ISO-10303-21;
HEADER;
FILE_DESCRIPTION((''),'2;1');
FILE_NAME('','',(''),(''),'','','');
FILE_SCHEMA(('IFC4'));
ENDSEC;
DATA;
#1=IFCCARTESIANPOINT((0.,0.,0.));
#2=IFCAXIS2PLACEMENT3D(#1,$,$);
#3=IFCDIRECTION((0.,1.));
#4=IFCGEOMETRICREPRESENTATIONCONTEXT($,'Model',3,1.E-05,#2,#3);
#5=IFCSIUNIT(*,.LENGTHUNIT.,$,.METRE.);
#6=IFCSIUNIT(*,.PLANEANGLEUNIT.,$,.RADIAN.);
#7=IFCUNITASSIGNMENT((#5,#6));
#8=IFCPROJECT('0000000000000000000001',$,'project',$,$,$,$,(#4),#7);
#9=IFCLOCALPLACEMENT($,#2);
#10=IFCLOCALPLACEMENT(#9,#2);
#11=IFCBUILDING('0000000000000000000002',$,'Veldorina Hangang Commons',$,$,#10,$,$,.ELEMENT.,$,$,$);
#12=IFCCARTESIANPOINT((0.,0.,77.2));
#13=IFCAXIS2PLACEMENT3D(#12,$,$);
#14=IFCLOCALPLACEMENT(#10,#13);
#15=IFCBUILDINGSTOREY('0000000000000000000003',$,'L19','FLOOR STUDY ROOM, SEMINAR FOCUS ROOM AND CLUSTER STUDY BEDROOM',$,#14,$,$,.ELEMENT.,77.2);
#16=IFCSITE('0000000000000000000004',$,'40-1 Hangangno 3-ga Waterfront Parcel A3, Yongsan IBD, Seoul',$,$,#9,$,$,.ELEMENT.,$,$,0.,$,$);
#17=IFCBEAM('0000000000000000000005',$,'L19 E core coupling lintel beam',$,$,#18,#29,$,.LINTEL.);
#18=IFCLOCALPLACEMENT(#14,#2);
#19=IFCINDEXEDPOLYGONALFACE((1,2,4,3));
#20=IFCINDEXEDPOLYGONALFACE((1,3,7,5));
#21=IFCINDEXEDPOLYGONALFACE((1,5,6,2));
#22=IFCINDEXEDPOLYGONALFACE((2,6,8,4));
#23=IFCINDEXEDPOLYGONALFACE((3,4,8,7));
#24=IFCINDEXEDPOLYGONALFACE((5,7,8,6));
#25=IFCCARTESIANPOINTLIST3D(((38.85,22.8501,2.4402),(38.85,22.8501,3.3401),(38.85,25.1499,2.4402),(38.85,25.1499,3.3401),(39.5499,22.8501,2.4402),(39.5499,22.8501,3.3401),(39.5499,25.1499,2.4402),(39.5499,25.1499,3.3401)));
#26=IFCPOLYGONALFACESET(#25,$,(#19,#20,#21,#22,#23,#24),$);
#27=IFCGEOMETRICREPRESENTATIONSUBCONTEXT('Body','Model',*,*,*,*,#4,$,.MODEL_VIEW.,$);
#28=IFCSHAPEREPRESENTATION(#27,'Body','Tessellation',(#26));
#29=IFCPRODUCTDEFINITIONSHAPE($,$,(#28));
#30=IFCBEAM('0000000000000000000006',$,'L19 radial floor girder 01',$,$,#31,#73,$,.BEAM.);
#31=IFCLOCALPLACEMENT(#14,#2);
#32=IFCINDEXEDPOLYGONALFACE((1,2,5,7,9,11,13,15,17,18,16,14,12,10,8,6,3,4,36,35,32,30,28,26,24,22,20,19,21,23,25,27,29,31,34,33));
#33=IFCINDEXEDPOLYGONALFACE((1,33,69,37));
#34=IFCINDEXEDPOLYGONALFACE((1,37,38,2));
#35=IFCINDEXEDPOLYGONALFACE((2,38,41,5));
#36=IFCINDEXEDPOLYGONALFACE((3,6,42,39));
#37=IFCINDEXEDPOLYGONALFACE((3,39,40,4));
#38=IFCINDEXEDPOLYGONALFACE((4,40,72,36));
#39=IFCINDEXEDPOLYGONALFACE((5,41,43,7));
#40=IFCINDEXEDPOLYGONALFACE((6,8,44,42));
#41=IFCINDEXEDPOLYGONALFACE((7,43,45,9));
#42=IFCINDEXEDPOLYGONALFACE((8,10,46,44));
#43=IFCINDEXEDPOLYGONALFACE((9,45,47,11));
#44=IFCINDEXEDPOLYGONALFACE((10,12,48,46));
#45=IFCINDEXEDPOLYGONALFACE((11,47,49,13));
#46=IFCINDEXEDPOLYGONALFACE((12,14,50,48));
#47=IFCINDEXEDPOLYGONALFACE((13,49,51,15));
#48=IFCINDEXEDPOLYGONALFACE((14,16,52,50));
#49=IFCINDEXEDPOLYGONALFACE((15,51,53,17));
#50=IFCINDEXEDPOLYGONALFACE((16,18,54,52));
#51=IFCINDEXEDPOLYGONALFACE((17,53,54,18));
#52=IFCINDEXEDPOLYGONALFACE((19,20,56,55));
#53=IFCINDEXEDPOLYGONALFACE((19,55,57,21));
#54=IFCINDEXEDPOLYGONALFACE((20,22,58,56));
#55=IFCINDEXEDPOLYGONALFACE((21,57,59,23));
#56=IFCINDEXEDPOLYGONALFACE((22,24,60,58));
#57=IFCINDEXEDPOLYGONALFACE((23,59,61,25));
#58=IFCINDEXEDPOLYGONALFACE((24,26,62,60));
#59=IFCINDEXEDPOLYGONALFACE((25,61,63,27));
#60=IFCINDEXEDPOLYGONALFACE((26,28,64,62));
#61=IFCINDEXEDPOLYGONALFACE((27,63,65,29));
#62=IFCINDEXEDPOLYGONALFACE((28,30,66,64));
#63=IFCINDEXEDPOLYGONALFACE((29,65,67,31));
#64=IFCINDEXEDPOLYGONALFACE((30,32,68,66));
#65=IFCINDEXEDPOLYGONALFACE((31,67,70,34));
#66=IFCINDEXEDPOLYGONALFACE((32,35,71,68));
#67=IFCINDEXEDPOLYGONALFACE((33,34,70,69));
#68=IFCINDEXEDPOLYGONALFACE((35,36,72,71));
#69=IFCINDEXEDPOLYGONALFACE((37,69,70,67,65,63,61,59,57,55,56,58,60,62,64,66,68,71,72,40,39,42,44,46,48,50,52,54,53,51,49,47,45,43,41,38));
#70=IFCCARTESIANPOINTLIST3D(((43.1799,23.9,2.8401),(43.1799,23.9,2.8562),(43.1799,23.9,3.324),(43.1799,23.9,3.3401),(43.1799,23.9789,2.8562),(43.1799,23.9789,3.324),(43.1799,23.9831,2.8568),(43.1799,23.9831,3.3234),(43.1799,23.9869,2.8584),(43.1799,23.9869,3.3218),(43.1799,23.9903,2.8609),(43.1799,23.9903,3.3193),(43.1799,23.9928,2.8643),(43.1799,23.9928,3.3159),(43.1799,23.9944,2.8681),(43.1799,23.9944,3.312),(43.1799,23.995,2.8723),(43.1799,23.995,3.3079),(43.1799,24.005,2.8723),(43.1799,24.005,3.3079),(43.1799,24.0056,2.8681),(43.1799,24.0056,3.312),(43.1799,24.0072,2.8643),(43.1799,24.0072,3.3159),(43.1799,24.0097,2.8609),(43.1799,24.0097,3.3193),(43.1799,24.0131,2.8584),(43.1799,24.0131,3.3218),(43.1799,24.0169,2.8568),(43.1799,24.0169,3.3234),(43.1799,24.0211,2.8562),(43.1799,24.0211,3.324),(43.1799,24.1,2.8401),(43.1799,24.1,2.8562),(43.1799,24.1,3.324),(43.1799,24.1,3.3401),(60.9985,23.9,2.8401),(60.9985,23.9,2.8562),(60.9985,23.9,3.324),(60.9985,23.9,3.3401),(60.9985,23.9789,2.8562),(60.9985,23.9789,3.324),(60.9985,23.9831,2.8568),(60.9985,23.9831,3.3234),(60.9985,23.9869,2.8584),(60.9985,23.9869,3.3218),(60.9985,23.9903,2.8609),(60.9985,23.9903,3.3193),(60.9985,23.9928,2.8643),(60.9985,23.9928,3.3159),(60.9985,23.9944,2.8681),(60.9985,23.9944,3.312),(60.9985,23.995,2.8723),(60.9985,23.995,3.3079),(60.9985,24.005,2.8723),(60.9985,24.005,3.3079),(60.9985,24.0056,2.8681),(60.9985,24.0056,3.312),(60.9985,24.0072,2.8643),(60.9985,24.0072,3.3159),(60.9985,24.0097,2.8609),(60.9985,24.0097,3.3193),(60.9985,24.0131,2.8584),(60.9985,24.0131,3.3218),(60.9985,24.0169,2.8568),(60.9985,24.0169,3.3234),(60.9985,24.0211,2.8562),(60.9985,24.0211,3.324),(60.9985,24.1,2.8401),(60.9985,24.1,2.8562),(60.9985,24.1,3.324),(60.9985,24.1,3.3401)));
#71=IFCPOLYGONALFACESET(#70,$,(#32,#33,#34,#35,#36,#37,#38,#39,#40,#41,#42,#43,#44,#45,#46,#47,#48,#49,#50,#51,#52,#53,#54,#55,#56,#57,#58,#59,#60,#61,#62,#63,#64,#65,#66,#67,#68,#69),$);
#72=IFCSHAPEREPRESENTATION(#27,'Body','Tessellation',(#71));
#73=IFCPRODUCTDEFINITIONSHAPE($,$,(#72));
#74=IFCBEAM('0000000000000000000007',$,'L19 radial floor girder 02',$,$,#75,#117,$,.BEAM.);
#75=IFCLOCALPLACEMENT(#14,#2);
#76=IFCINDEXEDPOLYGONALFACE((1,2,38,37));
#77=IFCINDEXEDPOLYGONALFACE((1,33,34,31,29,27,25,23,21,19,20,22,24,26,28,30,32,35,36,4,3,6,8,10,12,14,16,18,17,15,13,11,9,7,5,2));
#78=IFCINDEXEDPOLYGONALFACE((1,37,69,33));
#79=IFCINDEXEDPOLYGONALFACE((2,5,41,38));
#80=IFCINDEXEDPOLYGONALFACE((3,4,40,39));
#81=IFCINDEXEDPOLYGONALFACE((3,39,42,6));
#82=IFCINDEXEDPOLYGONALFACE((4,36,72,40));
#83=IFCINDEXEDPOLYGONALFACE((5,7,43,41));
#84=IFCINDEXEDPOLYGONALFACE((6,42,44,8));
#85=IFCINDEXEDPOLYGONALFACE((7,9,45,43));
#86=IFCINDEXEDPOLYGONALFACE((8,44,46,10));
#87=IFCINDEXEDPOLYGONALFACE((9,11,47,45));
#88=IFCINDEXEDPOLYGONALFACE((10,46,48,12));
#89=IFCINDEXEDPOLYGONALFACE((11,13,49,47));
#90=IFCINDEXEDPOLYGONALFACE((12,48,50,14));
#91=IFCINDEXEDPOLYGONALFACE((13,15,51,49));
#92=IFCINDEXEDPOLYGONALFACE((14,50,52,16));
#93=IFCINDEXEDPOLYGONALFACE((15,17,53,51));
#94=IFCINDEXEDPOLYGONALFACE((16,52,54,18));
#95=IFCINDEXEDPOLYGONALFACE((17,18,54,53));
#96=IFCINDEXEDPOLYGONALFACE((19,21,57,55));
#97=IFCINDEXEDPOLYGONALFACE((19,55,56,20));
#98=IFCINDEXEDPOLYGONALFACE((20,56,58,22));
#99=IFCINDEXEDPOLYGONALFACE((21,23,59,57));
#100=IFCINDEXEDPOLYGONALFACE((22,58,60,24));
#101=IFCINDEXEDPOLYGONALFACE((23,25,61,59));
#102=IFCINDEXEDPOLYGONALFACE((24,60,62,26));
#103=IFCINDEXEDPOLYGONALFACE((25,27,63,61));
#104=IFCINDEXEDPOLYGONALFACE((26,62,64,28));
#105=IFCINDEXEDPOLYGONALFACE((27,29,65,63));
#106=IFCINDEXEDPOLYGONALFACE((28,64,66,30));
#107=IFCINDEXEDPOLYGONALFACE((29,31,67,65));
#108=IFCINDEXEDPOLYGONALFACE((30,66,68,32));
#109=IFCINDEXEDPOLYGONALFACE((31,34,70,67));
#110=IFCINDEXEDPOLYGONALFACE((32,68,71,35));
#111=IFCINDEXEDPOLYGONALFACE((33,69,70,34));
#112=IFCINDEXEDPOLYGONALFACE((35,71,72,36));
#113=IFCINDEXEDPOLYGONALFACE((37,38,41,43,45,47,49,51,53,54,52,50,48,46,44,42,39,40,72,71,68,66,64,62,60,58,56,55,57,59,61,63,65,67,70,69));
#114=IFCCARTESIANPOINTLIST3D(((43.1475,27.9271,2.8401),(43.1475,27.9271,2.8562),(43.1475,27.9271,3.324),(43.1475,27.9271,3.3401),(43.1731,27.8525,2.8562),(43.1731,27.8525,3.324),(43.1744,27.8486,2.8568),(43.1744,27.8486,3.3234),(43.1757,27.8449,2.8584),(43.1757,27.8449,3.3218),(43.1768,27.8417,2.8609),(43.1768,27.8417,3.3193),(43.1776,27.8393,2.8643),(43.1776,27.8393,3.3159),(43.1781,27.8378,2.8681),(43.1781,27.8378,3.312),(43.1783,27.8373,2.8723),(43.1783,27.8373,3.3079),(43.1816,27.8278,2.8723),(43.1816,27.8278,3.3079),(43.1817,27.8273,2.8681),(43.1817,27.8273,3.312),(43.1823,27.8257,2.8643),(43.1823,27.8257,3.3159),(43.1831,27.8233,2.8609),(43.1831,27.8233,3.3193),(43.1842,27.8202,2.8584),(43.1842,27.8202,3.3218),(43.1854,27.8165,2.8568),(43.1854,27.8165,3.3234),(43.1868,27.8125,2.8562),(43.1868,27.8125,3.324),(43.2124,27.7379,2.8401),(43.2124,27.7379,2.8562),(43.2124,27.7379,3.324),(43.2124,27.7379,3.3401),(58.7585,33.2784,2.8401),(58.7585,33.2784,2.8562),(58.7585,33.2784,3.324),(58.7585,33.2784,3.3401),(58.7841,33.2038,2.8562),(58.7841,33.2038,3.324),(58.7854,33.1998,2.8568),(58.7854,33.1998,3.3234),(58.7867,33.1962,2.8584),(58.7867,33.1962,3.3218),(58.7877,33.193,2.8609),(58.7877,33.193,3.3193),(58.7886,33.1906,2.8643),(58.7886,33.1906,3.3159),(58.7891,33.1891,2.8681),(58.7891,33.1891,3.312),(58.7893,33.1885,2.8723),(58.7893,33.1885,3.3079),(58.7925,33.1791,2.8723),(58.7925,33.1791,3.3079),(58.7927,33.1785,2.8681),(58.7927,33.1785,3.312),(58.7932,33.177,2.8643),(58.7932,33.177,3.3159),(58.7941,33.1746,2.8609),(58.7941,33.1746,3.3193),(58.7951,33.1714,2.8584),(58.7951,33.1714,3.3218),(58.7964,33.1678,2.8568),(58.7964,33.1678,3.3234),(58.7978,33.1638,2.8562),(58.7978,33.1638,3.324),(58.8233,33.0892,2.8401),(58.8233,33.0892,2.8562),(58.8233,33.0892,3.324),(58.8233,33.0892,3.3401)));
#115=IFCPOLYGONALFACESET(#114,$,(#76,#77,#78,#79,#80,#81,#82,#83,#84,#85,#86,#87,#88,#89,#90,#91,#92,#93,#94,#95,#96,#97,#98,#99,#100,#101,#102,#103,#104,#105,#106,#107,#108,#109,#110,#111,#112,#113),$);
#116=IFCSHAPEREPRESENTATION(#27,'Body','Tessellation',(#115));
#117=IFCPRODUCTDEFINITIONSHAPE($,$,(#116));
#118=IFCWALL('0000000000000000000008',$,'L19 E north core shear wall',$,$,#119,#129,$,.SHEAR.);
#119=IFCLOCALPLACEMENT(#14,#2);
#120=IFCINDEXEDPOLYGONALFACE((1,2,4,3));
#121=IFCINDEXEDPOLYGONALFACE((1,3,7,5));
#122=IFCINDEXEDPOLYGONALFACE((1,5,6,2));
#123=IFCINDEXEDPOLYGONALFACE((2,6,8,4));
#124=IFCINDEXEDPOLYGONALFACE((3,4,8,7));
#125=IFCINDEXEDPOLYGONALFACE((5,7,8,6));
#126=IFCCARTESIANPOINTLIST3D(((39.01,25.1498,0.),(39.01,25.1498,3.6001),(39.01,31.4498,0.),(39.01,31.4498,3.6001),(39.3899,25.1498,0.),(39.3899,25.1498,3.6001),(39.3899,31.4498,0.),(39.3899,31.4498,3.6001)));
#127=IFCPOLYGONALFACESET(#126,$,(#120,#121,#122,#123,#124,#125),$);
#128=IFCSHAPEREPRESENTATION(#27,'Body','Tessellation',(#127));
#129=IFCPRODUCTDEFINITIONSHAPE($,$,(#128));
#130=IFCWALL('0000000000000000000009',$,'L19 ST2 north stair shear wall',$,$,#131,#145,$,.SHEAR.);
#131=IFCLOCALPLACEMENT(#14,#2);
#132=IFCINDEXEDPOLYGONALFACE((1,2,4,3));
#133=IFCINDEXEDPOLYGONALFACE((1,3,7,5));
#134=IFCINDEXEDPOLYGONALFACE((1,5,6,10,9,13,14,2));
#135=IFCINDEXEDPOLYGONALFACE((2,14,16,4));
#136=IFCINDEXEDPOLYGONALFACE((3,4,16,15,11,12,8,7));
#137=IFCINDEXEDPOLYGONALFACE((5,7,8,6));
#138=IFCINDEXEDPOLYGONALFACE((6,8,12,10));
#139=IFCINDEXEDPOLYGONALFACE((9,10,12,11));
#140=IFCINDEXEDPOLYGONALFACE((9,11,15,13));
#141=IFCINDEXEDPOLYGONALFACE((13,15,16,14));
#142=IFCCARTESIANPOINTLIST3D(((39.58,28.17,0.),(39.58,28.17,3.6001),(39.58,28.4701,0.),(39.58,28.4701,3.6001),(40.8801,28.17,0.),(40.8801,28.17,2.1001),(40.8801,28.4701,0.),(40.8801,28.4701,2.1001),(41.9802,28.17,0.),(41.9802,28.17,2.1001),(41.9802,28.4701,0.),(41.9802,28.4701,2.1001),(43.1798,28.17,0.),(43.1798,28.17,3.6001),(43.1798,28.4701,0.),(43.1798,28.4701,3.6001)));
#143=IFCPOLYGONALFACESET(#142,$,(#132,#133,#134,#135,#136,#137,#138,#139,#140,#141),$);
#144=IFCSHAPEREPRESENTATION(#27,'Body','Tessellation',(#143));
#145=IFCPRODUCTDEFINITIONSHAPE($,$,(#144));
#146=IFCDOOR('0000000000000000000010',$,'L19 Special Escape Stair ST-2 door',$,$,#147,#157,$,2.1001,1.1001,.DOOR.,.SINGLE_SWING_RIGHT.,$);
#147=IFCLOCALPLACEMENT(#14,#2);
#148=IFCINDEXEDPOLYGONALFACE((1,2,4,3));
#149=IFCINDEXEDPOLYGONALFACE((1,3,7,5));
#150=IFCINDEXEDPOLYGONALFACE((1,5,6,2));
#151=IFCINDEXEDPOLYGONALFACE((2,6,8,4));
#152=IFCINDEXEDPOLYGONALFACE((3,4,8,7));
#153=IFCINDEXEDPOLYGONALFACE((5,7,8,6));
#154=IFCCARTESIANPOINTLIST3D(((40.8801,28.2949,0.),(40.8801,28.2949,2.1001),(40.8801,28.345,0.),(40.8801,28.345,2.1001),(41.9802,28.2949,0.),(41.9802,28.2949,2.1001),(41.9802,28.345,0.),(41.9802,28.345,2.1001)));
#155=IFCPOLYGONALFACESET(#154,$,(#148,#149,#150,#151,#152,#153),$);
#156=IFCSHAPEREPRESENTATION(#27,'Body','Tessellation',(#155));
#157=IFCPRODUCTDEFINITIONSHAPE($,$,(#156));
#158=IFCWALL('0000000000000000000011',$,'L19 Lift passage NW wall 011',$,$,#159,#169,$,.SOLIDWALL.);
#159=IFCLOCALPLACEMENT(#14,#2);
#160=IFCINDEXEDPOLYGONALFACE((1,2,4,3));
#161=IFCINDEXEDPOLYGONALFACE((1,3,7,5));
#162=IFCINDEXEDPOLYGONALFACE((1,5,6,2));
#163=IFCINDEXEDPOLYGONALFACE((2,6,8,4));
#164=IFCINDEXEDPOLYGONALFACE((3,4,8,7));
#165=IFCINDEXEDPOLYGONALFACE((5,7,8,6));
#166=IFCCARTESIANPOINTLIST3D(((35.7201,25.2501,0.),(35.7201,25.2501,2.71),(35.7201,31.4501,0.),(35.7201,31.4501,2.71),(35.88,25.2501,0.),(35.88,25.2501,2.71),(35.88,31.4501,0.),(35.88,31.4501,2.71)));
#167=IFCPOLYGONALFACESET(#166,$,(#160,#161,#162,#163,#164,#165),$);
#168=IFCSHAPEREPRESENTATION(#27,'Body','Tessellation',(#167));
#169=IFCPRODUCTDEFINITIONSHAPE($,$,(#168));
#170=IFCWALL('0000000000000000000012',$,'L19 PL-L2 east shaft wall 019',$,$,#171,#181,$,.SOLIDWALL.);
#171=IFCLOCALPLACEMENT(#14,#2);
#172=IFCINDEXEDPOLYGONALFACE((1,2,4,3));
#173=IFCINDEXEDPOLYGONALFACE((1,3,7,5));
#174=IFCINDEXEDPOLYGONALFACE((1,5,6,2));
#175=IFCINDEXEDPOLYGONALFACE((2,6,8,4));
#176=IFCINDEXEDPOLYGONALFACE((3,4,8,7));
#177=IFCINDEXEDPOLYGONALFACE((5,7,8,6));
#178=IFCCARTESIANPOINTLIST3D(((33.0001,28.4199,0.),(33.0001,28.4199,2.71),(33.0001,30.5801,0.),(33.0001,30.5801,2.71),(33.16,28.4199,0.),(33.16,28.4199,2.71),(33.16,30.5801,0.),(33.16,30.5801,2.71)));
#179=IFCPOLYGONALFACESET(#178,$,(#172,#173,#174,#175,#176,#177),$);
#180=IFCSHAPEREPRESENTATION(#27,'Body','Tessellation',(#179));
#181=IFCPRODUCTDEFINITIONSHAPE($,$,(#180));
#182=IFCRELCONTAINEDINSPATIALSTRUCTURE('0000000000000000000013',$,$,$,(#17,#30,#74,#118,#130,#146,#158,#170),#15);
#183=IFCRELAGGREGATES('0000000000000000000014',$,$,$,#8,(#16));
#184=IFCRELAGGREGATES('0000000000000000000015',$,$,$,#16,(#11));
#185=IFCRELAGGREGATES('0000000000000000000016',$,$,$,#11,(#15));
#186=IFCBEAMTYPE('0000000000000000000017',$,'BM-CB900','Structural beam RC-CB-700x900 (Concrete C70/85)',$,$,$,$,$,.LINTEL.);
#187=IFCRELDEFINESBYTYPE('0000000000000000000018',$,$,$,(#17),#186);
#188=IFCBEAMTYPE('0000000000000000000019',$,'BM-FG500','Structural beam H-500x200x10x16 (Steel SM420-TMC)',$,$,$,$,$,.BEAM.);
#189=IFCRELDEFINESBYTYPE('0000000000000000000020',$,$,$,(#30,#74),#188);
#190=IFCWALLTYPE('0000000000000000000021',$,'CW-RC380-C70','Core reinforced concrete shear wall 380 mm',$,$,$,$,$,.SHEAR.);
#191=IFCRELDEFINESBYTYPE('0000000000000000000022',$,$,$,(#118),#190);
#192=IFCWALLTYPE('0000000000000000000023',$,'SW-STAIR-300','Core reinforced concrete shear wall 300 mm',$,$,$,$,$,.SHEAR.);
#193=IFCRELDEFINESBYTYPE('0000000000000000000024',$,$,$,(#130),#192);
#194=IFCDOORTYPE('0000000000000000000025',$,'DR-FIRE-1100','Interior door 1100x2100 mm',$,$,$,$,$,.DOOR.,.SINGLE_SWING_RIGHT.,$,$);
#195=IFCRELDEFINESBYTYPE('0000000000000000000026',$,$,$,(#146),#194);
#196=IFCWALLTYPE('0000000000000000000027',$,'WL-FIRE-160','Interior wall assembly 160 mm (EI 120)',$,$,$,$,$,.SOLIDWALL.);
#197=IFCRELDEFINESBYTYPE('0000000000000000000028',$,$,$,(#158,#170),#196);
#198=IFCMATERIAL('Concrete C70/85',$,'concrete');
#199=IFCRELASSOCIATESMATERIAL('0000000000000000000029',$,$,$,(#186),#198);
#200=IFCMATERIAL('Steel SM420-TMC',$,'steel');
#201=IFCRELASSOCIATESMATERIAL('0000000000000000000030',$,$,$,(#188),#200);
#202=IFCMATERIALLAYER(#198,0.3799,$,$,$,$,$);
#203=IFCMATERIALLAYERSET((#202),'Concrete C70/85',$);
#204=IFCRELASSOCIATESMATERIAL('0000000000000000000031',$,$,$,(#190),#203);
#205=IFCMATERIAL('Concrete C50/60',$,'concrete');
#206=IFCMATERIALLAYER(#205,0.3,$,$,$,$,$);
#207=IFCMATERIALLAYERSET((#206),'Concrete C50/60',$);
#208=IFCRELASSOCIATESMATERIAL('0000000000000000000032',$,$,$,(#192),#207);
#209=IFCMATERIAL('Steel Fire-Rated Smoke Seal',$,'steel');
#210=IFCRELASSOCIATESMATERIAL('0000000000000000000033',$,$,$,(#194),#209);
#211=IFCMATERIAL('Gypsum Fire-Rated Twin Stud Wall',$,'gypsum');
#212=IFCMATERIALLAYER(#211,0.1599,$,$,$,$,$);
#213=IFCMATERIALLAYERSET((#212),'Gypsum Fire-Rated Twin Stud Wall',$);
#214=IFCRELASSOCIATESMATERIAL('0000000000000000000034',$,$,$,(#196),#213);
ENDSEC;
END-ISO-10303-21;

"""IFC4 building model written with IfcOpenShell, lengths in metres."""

from ifc_helpers import new_model, si_unit, direction, frame, frame_2d, origin, origin_2d, place, context, subcontext, project, spatial, rectangle, i_section, extrude, material, layer, layer_set, material_profile, profile_set, type_object, element, fill, save


model = new_model("IFC4")

# Units and contexts
model_context = context("Model", 3, precision=1e-05, world=origin(), true_north=direction((0.0, 1.0)))
body_context = subcontext(model_context, "Body", "Model", "MODEL_VIEW")
ifc_project = project(units=[si_unit("LENGTHUNIT", "METRE"), si_unit("PLANEANGLEUNIT", "RADIAN")], contexts=[model_context])

# Site, building, storey
site_placement = place(None, origin())
site = spatial("IfcSite", under=ifc_project, at=site_placement, Name="40-1 Hangangno 3-ga Waterfront Parcel A3, Yongsan IBD, Seoul", CompositionType="ELEMENT", RefElevation=0.0)
building_placement = place(site_placement, origin())
building = spatial("IfcBuilding", under=site, at=building_placement, Name="Veldorina Hangang Commons", CompositionType="ELEMENT")
storey_placement = place(building_placement, frame((0.0, 0.0, 77.2)))
storey = spatial("IfcBuildingStorey", under=building, at=storey_placement, Name="L19", Description="FLOOR STUDY ROOM, SEMINAR FOCUS ROOM AND CLUSTER STUDY BEDROOM", CompositionType="ELEMENT", Elevation=77.2)

# Beams
ifc_material_1 = material(Name="Concrete C70/85", Category="concrete")
ifc_material_profile_1 = material_profile(ifc_material_1, rectangle(XDim=0.7, YDim=0.8999, at=origin_2d()), Name="RC-CB-700x900")
ifc_profile_set_1 = profile_set([ifc_material_profile_1], Name="Concrete C70/85")
beam_type_1 = type_object("IfcBeamType", Name="BM-CB900", Description="Structural beam RC-CB-700x900 (Concrete C70/85)", PredefinedType="LINTEL", material=ifc_profile_set_1)
beam_1_placement = place(storey_placement, frame((39.2, 22.8501, 2.8901), z_axis=(0.0, 1.0, 0.0), x_axis=(-1.0, 0.0, 0.0)))
element("IfcBeam", 1, at=beam_1_placement, inside=storey, type_object=beam_type_1, Name="L19 E core coupling lintel beam", PredefinedType="LINTEL", context=body_context, shape_type="SweptSolid", body=[
    extrude(rectangle(XDim=0.7, YDim=0.8999, at=origin_2d()), origin(), (0.0, 0.0, 1.0), 2.2998),
])
ifc_material_2 = material(Name="Steel SM420-TMC", Category="steel")
ifc_material_profile_2 = material_profile(ifc_material_2, i_section(OverallWidth=0.2, OverallDepth=0.5, WebThickness=0.01, FlangeThickness=0.0161, FilletRadius=0.0161, at=origin_2d()), Name="H-500x200x10x16")
ifc_profile_set_2 = profile_set([ifc_material_profile_2], Name="Steel SM420-TMC")
beam_type_2 = type_object("IfcBeamType", Name="BM-FG500", Description="Structural beam H-500x200x10x16 (Steel SM420-TMC)", PredefinedType="BEAM", material=ifc_profile_set_2)
beam_2_placement = place(storey_placement, frame((43.1799, 24.0, 3.0901), z_axis=(1.0, 0.0, 0.0), x_axis=(0.0, 1.0, 0.0)))
element("IfcBeam", 2, at=beam_2_placement, inside=storey, type_object=beam_type_2, Name="L19 radial floor girder 01", PredefinedType="BEAM", context=body_context, shape_type="SweptSolid", body=[
    extrude(i_section(OverallWidth=0.2, OverallDepth=0.5, WebThickness=0.01, FlangeThickness=0.0161, FilletRadius=0.0161, at=origin_2d()), origin(), (0.0, 0.0, 1.0), 17.8186),
])
beam_3_placement = place(storey_placement, frame((43.1799, 27.8325, 3.0901), z_axis=(0.945966, 0.324267, 0.0), x_axis=(-0.324267, 0.945966, 0.0)))
element("IfcBeam", 3, at=beam_3_placement, inside=storey, type_object=beam_type_2, Name="L19 radial floor girder 02", PredefinedType="BEAM", context=body_context, shape_type="SweptSolid", body=[
    extrude(i_section(OverallWidth=0.2, OverallDepth=0.5, WebThickness=0.01, FlangeThickness=0.0161, FilletRadius=0.0161, at=origin_2d()), origin(), (0.0, 0.0, 1.0), 16.5027),
])

# Wall
ifc_layer_1 = layer(ifc_material_1, 0.3799)
ifc_layer_set_1 = layer_set([ifc_layer_1], Name="Concrete C70/85")
wall_type_1 = type_object("IfcWallType", Name="CW-RC380-C70", Description="Core reinforced concrete shear wall 380 mm", PredefinedType="SHEAR", material=ifc_layer_set_1)
wall_1_placement = place(storey_placement, frame((39.2, 25.1499, 0.0), z_axis=(0.0, 0.0, 1.0), x_axis=(0.0, 1.0, 0.0)))
element("IfcWall", 4, at=wall_1_placement, inside=storey, type_object=wall_type_1, Name="L19 E north core shear wall", PredefinedType="SHEAR", context=body_context, shape_type="SweptSolid", body=[
    extrude(rectangle(XDim=6.3, YDim=0.3799, at=frame_2d((3.1499, 0.0))), origin(), (0.0, 0.0, 1.0), 3.6001),
])

# Wall, opening, door
ifc_material_3 = material(Name="Concrete C50/60", Category="concrete")
ifc_layer_2 = layer(ifc_material_3, 0.3)
ifc_layer_set_2 = layer_set([ifc_layer_2], Name="Concrete C50/60")
wall_type_2 = type_object("IfcWallType", Name="SW-STAIR-300", Description="Core reinforced concrete shear wall 300 mm", PredefinedType="SHEAR", material=ifc_layer_set_2)
wall_2_placement = place(storey_placement, frame((39.5801, 28.3201, 0.0), z_axis=(0.0, 0.0, 1.0), x_axis=(1.0, 0.0, 0.0)))
wall_2 = element("IfcWall", 5, at=wall_2_placement, inside=storey, type_object=wall_type_2, Name="L19 ST2 north stair shear wall", PredefinedType="SHEAR", context=body_context, shape_type="SweptSolid", body=[
    extrude(rectangle(XDim=3.5999, YDim=0.3, at=frame_2d((1.7998, 0.0))), origin(), (0.0, 0.0, 1.0), 3.6001),
])
opening_1_placement = place(wall_2_placement, frame((1.3, 0.0, 0.0)))
opening_1 = element("IfcOpeningElement", 6, at=opening_1_placement, cuts=wall_2, PredefinedType="OPENING", context=body_context, shape_type="SweptSolid", body=[
    extrude(rectangle(XDim=1.1001, YDim=2.1001, at=frame_2d((0.55, 1.05))), frame((0.0, 0.1602, 0.0), z_axis=(0.0, -1.0, 0.0), x_axis=(1.0, 0.0, 0.0)), (0.0, 0.0, 1.0), 0.3201),
])
ifc_material_4 = material(Name="Steel Fire-Rated Smoke Seal", Category="steel")
door_type_1 = type_object("IfcDoorType", Name="DR-FIRE-1100", Description="Interior door 1100x2100 mm", OperationType="SINGLE_SWING_RIGHT", PredefinedType="DOOR", material=ifc_material_4)
door_1_placement = place(opening_1_placement, origin())
door_1 = element("IfcDoor", 7, at=door_1_placement, inside=storey, type_object=door_type_1, Name="L19 Special Escape Stair ST-2 door", OperationType="SINGLE_SWING_RIGHT", OverallHeight=2.1001, OverallWidth=1.1001, PredefinedType="DOOR", context=body_context, shape_type="SweptSolid", body=[
    extrude(rectangle(XDim=1.1001, YDim=2.1001, at=frame_2d((0.55, 1.05))), frame((0.0, 0.0249, 0.0), z_axis=(0.0, -1.0, 0.0), x_axis=(1.0, 0.0, 0.0)), (0.0, 0.0, 1.0), 0.05),
])
fill(opening_1, door_1)

# Walls
ifc_material_5 = material(Name="Gypsum Fire-Rated Twin Stud Wall", Category="gypsum")
ifc_layer_3 = layer(ifc_material_5, 0.1599)
ifc_layer_set_3 = layer_set([ifc_layer_3], Name="Gypsum Fire-Rated Twin Stud Wall")
wall_type_3 = type_object("IfcWallType", Name="WL-FIRE-160", Description="Interior wall assembly 160 mm (EI 120)", PredefinedType="SOLIDWALL", material=ifc_layer_set_3)
wall_3_placement = place(storey_placement, frame((35.8, 25.25, 0.0), z_axis=(0.0, 0.0, 1.0), x_axis=(0.0, 1.0, 0.0)))
element("IfcWall", 8, at=wall_3_placement, inside=storey, type_object=wall_type_3, Name="L19 Lift passage NW wall 011", PredefinedType="SOLIDWALL", context=body_context, shape_type="SweptSolid", body=[
    extrude(rectangle(XDim=6.2, YDim=0.1599, at=frame_2d((3.1001, 0.0))), origin(), (0.0, 0.0, 1.0), 2.71),
])
for number, where, z_axis, x_axis, name in (
    (9, (33.0801, 28.4199, 0.0), (0.0, 0.0, 1.0), (0.0, 1.0, 0.0), "L19 PL-L2 east shaft wall 019"),
):
    element("IfcWall", number, at=place(storey_placement, frame(where, z_axis=z_axis, x_axis=x_axis)), inside=storey, type_object=wall_type_3, Name=name, PredefinedType="SOLIDWALL", context=body_context, shape_type="SweptSolid", body=[
        extrude(rectangle(XDim=2.1602, YDim=0.1599, at=frame_2d((1.0801, 0.0))), origin(), (0.0, 0.0, 1.0), 2.71),
    ])

save(model, "model.ifc")
